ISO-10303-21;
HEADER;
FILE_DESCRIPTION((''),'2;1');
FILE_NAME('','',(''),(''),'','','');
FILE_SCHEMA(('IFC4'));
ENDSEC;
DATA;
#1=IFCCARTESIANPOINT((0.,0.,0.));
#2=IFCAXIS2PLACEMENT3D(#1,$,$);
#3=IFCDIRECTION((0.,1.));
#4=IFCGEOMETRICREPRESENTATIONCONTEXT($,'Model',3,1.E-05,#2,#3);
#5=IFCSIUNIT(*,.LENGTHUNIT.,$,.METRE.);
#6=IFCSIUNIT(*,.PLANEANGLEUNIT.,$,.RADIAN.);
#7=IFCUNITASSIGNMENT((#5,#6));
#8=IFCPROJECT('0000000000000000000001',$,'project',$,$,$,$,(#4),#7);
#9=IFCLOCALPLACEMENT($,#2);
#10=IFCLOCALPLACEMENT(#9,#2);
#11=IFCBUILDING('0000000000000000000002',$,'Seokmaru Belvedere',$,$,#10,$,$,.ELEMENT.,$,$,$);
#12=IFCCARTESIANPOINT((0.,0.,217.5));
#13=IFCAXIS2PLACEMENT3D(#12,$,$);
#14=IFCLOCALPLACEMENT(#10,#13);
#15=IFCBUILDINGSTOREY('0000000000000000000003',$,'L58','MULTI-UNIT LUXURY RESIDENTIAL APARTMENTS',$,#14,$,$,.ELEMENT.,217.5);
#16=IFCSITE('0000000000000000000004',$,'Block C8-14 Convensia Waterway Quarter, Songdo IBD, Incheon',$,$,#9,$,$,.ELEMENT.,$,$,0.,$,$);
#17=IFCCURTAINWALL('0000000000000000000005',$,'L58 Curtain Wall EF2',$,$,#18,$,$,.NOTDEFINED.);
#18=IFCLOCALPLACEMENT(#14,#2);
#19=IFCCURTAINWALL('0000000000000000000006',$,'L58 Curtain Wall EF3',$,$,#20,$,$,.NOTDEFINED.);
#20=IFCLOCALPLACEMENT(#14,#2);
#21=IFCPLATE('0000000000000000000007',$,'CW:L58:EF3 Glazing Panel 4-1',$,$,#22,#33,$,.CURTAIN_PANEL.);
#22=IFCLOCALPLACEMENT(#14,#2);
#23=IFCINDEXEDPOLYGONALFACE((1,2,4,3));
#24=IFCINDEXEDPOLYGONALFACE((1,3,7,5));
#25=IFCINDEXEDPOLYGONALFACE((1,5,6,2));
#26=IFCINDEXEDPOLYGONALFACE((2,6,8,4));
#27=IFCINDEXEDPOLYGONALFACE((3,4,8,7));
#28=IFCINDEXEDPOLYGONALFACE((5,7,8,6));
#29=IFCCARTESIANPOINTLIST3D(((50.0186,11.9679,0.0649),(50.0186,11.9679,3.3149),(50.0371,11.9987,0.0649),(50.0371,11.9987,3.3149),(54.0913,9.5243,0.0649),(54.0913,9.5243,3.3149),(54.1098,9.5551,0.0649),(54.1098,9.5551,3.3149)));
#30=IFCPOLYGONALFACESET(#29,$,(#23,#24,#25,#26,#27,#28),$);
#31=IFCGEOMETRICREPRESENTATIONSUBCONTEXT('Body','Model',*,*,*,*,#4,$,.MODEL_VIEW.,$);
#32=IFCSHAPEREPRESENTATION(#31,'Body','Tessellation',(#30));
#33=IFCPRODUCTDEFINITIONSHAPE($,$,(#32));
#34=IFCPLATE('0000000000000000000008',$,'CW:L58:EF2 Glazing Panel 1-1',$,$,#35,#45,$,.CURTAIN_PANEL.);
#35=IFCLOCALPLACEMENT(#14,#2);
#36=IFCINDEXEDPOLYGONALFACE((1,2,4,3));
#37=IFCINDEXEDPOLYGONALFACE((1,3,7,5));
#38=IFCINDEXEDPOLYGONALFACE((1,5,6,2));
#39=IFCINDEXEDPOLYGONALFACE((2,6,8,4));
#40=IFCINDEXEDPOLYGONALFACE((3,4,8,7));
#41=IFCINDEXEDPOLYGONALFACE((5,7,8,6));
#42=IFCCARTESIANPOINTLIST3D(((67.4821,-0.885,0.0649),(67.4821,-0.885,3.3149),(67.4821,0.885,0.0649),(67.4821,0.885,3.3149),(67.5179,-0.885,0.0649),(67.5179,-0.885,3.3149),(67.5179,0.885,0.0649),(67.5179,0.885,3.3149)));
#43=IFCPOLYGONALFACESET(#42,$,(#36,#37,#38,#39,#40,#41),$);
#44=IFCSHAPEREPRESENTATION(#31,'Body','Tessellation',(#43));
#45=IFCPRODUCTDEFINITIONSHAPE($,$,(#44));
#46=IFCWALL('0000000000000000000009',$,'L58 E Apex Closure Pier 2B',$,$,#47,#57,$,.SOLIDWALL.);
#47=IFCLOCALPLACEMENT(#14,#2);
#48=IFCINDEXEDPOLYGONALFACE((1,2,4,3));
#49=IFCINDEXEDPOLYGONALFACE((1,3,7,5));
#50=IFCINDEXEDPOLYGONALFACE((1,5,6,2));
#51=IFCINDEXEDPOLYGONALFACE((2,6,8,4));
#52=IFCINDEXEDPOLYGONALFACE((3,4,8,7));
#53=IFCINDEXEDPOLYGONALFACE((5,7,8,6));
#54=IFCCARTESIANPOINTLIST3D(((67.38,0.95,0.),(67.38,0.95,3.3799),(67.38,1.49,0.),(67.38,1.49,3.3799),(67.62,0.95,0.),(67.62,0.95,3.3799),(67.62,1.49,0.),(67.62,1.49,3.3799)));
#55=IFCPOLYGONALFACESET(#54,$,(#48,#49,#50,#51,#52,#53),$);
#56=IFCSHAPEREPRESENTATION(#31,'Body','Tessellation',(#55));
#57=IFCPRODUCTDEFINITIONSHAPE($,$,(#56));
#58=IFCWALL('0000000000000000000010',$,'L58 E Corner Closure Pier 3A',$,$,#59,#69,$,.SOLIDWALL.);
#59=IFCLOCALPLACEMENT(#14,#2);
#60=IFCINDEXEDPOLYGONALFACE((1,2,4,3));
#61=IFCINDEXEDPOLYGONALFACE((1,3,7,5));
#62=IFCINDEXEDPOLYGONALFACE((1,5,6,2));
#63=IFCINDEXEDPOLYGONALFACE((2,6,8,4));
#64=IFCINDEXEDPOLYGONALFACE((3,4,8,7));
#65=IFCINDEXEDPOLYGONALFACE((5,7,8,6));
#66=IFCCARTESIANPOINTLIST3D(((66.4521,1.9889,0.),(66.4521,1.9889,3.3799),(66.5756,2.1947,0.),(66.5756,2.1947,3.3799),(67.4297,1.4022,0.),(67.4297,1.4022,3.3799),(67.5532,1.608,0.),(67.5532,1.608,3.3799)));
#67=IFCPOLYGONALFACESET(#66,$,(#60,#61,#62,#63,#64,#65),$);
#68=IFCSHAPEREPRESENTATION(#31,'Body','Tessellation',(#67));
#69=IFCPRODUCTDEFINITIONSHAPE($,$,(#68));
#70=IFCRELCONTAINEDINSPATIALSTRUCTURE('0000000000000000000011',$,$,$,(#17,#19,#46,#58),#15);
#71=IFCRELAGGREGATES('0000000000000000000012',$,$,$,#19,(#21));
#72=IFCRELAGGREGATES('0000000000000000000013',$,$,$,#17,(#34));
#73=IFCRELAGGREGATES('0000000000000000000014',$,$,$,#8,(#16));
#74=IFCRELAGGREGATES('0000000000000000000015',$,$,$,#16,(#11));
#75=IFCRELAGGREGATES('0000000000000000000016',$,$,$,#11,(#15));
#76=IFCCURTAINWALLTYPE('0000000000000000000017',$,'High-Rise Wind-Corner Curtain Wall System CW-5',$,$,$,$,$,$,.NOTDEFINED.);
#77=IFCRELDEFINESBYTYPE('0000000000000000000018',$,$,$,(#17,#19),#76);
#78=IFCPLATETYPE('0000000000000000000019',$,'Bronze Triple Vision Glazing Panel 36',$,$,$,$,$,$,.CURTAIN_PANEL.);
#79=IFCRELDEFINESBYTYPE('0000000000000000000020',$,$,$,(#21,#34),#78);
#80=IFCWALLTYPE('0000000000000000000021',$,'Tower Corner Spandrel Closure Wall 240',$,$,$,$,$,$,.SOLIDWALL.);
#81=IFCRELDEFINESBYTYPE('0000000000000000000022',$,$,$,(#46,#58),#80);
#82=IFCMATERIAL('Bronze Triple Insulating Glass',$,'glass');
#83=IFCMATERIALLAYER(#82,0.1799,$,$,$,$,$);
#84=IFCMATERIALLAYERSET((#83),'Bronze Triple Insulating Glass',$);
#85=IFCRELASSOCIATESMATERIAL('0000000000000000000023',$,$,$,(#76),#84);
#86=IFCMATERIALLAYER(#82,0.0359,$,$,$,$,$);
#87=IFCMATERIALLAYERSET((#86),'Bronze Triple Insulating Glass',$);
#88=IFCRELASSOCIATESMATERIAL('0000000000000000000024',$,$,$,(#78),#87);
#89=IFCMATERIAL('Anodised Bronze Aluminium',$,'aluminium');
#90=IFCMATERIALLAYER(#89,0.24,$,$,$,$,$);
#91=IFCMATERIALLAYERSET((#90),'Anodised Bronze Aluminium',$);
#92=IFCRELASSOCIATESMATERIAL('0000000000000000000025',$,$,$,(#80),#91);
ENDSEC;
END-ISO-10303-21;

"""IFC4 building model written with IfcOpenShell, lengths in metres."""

from ifc_helpers import new_model, si_unit, direction, frame, frame_2d, origin, origin_2d, place, context, subcontext, project, spatial, rectangle, extrude, source, transform, mapped, material, layer, layer_set, type_object, element, aggregate, save


model = new_model("IFC4")

# Units and contexts
model_context = context("Model", 3, precision=1e-05, world=origin(), true_north=direction((0.0, 1.0)))
body_context = subcontext(model_context, "Body", "Model", "MODEL_VIEW")
ifc_project = project(units=[si_unit("LENGTHUNIT", "METRE"), si_unit("PLANEANGLEUNIT", "RADIAN")], contexts=[model_context])

# Site, building, storey
site_placement = place(None, origin())
site = spatial("IfcSite", under=ifc_project, at=site_placement, Name="Block C8-14 Convensia Waterway Quarter, Songdo IBD, Incheon", CompositionType="ELEMENT", RefElevation=0.0)
building_placement = place(site_placement, origin())
building = spatial("IfcBuilding", under=site, at=building_placement, Name="Seokmaru Belvedere", CompositionType="ELEMENT")
storey_placement = place(building_placement, frame((0.0, 0.0, 217.5)))
storey = spatial("IfcBuildingStorey", under=building, at=storey_placement, Name="L58", Description="MULTI-UNIT LUXURY RESIDENTIAL APARTMENTS", CompositionType="ELEMENT", Elevation=217.5)

# Curtain walls
ifc_material_1 = material(Name="Bronze Triple Insulating Glass", Category="glass")
ifc_layer_1 = layer(ifc_material_1, 0.1799)
ifc_layer_set_1 = layer_set([ifc_layer_1], Name="Bronze Triple Insulating Glass")
curtain_wall_type = type_object("IfcCurtainWallType", Name="High-Rise Wind-Corner Curtain Wall System CW-5", PredefinedType="NOTDEFINED", material=ifc_layer_set_1)
curtain_wall_1_placement = place(storey_placement, origin())
curtain_wall_1 = element("IfcCurtainWall", 1, at=curtain_wall_1_placement, inside=storey, type_object=curtain_wall_type, Name="L58 Curtain Wall EF2", PredefinedType="NOTDEFINED")
ifc_material_2 = material(Name="Anodised Bronze Aluminium", Category="aluminium")
curtain_wall_2_placement = place(storey_placement, origin())
curtain_wall_2 = element("IfcCurtainWall", 2, at=curtain_wall_2_placement, inside=storey, type_object=curtain_wall_type, Name="L58 Curtain Wall EF3", PredefinedType="NOTDEFINED")

# Plates
ifc_layer_2 = layer(ifc_material_1, 0.0359)
ifc_layer_set_2 = layer_set([ifc_layer_2], Name="Bronze Triple Insulating Glass")
plate_type = type_object("IfcPlateType", Name="Bronze Triple Vision Glazing Panel 36", PredefinedType="CURTAIN_PANEL", material=ifc_layer_set_2)
shared_shape_1 = source(origin(), body_context, "Body", "SweptSolid", [
    extrude(rectangle(XDim=4.7495, YDim=0.0359, at=origin_2d()), origin(), (0.0, 0.0, 1.0), 3.25),
])
plate_1_placement = place(storey_placement, frame((52.0642, 10.7615, 0.0649), z_axis=(0.0, 0.0, 1.0), x_axis=(-0.857493, 0.514495, 0.0)))
plate_1 = element("IfcPlate", 3, at=plate_1_placement, type_object=plate_type, Name="CW:L58:EF3 Glazing Panel 4-1", PredefinedType="CURTAIN_PANEL", context=body_context, shape_type="MappedRepresentation", body=[
    mapped(shared_shape_1, transform((0.0, 0.0, 0.0), scale=1.0)),
])
aggregate(curtain_wall_2, [plate_1])
shared_shape_2 = source(origin(), body_context, "Body", "SweptSolid", [
    extrude(rectangle(XDim=1.77, YDim=0.0359, at=origin_2d()), origin(), (0.0, 0.0, 1.0), 3.25),
])
plate_2_placement = place(storey_placement, frame((67.5, 0.0, 0.0649), z_axis=(0.0, 0.0, 1.0), x_axis=(0.0, 1.0, 0.0)))
plate_2 = element("IfcPlate", 4, at=plate_2_placement, type_object=plate_type, Name="CW:L58:EF2 Glazing Panel 1-1", PredefinedType="CURTAIN_PANEL", context=body_context, shape_type="MappedRepresentation", body=[
    mapped(shared_shape_2, transform((0.0, 0.0, 0.0), scale=1.0)),
])
aggregate(curtain_wall_1, [plate_2])

# Walls
ifc_layer_3 = layer(ifc_material_2, 0.24)
ifc_layer_set_3 = layer_set([ifc_layer_3], Name="Anodised Bronze Aluminium")
wall_type = type_object("IfcWallType", Name="Tower Corner Spandrel Closure Wall 240", PredefinedType="SOLIDWALL", material=ifc_layer_set_3)
wall_1_placement = place(storey_placement, frame((67.5, 0.95, 0.0), z_axis=(0.0, 0.0, 1.0), x_axis=(0.0, 1.0, 0.0)))
element("IfcWall", 5, at=wall_1_placement, inside=storey, type_object=wall_type, Name="L58 E Apex Closure Pier 2B", PredefinedType="SOLIDWALL", context=body_context, shape_type="SweptSolid", body=[
    extrude(rectangle(XDim=0.54, YDim=0.24, at=frame_2d((0.27, 0.0))), origin(), (0.0, 0.0, 1.0), 3.3799),
])
wall_2_placement = place(storey_placement, frame((67.4915, 1.5051, 0.0), z_axis=(0.0, 0.0, 1.0), x_axis=(-0.857436, 0.51459, 0.0)))
element("IfcWall", 6, at=wall_2_placement, inside=storey, type_object=wall_type, Name="L58 E Corner Closure Pier 3A", PredefinedType="SOLIDWALL", context=body_context, shape_type="SweptSolid", body=[
    extrude(rectangle(XDim=1.1401, YDim=0.24, at=frame_2d((0.5701, 0.0))), origin(), (0.0, 0.0, 1.0), 3.3799),
])

save(model, "model.ifc")
